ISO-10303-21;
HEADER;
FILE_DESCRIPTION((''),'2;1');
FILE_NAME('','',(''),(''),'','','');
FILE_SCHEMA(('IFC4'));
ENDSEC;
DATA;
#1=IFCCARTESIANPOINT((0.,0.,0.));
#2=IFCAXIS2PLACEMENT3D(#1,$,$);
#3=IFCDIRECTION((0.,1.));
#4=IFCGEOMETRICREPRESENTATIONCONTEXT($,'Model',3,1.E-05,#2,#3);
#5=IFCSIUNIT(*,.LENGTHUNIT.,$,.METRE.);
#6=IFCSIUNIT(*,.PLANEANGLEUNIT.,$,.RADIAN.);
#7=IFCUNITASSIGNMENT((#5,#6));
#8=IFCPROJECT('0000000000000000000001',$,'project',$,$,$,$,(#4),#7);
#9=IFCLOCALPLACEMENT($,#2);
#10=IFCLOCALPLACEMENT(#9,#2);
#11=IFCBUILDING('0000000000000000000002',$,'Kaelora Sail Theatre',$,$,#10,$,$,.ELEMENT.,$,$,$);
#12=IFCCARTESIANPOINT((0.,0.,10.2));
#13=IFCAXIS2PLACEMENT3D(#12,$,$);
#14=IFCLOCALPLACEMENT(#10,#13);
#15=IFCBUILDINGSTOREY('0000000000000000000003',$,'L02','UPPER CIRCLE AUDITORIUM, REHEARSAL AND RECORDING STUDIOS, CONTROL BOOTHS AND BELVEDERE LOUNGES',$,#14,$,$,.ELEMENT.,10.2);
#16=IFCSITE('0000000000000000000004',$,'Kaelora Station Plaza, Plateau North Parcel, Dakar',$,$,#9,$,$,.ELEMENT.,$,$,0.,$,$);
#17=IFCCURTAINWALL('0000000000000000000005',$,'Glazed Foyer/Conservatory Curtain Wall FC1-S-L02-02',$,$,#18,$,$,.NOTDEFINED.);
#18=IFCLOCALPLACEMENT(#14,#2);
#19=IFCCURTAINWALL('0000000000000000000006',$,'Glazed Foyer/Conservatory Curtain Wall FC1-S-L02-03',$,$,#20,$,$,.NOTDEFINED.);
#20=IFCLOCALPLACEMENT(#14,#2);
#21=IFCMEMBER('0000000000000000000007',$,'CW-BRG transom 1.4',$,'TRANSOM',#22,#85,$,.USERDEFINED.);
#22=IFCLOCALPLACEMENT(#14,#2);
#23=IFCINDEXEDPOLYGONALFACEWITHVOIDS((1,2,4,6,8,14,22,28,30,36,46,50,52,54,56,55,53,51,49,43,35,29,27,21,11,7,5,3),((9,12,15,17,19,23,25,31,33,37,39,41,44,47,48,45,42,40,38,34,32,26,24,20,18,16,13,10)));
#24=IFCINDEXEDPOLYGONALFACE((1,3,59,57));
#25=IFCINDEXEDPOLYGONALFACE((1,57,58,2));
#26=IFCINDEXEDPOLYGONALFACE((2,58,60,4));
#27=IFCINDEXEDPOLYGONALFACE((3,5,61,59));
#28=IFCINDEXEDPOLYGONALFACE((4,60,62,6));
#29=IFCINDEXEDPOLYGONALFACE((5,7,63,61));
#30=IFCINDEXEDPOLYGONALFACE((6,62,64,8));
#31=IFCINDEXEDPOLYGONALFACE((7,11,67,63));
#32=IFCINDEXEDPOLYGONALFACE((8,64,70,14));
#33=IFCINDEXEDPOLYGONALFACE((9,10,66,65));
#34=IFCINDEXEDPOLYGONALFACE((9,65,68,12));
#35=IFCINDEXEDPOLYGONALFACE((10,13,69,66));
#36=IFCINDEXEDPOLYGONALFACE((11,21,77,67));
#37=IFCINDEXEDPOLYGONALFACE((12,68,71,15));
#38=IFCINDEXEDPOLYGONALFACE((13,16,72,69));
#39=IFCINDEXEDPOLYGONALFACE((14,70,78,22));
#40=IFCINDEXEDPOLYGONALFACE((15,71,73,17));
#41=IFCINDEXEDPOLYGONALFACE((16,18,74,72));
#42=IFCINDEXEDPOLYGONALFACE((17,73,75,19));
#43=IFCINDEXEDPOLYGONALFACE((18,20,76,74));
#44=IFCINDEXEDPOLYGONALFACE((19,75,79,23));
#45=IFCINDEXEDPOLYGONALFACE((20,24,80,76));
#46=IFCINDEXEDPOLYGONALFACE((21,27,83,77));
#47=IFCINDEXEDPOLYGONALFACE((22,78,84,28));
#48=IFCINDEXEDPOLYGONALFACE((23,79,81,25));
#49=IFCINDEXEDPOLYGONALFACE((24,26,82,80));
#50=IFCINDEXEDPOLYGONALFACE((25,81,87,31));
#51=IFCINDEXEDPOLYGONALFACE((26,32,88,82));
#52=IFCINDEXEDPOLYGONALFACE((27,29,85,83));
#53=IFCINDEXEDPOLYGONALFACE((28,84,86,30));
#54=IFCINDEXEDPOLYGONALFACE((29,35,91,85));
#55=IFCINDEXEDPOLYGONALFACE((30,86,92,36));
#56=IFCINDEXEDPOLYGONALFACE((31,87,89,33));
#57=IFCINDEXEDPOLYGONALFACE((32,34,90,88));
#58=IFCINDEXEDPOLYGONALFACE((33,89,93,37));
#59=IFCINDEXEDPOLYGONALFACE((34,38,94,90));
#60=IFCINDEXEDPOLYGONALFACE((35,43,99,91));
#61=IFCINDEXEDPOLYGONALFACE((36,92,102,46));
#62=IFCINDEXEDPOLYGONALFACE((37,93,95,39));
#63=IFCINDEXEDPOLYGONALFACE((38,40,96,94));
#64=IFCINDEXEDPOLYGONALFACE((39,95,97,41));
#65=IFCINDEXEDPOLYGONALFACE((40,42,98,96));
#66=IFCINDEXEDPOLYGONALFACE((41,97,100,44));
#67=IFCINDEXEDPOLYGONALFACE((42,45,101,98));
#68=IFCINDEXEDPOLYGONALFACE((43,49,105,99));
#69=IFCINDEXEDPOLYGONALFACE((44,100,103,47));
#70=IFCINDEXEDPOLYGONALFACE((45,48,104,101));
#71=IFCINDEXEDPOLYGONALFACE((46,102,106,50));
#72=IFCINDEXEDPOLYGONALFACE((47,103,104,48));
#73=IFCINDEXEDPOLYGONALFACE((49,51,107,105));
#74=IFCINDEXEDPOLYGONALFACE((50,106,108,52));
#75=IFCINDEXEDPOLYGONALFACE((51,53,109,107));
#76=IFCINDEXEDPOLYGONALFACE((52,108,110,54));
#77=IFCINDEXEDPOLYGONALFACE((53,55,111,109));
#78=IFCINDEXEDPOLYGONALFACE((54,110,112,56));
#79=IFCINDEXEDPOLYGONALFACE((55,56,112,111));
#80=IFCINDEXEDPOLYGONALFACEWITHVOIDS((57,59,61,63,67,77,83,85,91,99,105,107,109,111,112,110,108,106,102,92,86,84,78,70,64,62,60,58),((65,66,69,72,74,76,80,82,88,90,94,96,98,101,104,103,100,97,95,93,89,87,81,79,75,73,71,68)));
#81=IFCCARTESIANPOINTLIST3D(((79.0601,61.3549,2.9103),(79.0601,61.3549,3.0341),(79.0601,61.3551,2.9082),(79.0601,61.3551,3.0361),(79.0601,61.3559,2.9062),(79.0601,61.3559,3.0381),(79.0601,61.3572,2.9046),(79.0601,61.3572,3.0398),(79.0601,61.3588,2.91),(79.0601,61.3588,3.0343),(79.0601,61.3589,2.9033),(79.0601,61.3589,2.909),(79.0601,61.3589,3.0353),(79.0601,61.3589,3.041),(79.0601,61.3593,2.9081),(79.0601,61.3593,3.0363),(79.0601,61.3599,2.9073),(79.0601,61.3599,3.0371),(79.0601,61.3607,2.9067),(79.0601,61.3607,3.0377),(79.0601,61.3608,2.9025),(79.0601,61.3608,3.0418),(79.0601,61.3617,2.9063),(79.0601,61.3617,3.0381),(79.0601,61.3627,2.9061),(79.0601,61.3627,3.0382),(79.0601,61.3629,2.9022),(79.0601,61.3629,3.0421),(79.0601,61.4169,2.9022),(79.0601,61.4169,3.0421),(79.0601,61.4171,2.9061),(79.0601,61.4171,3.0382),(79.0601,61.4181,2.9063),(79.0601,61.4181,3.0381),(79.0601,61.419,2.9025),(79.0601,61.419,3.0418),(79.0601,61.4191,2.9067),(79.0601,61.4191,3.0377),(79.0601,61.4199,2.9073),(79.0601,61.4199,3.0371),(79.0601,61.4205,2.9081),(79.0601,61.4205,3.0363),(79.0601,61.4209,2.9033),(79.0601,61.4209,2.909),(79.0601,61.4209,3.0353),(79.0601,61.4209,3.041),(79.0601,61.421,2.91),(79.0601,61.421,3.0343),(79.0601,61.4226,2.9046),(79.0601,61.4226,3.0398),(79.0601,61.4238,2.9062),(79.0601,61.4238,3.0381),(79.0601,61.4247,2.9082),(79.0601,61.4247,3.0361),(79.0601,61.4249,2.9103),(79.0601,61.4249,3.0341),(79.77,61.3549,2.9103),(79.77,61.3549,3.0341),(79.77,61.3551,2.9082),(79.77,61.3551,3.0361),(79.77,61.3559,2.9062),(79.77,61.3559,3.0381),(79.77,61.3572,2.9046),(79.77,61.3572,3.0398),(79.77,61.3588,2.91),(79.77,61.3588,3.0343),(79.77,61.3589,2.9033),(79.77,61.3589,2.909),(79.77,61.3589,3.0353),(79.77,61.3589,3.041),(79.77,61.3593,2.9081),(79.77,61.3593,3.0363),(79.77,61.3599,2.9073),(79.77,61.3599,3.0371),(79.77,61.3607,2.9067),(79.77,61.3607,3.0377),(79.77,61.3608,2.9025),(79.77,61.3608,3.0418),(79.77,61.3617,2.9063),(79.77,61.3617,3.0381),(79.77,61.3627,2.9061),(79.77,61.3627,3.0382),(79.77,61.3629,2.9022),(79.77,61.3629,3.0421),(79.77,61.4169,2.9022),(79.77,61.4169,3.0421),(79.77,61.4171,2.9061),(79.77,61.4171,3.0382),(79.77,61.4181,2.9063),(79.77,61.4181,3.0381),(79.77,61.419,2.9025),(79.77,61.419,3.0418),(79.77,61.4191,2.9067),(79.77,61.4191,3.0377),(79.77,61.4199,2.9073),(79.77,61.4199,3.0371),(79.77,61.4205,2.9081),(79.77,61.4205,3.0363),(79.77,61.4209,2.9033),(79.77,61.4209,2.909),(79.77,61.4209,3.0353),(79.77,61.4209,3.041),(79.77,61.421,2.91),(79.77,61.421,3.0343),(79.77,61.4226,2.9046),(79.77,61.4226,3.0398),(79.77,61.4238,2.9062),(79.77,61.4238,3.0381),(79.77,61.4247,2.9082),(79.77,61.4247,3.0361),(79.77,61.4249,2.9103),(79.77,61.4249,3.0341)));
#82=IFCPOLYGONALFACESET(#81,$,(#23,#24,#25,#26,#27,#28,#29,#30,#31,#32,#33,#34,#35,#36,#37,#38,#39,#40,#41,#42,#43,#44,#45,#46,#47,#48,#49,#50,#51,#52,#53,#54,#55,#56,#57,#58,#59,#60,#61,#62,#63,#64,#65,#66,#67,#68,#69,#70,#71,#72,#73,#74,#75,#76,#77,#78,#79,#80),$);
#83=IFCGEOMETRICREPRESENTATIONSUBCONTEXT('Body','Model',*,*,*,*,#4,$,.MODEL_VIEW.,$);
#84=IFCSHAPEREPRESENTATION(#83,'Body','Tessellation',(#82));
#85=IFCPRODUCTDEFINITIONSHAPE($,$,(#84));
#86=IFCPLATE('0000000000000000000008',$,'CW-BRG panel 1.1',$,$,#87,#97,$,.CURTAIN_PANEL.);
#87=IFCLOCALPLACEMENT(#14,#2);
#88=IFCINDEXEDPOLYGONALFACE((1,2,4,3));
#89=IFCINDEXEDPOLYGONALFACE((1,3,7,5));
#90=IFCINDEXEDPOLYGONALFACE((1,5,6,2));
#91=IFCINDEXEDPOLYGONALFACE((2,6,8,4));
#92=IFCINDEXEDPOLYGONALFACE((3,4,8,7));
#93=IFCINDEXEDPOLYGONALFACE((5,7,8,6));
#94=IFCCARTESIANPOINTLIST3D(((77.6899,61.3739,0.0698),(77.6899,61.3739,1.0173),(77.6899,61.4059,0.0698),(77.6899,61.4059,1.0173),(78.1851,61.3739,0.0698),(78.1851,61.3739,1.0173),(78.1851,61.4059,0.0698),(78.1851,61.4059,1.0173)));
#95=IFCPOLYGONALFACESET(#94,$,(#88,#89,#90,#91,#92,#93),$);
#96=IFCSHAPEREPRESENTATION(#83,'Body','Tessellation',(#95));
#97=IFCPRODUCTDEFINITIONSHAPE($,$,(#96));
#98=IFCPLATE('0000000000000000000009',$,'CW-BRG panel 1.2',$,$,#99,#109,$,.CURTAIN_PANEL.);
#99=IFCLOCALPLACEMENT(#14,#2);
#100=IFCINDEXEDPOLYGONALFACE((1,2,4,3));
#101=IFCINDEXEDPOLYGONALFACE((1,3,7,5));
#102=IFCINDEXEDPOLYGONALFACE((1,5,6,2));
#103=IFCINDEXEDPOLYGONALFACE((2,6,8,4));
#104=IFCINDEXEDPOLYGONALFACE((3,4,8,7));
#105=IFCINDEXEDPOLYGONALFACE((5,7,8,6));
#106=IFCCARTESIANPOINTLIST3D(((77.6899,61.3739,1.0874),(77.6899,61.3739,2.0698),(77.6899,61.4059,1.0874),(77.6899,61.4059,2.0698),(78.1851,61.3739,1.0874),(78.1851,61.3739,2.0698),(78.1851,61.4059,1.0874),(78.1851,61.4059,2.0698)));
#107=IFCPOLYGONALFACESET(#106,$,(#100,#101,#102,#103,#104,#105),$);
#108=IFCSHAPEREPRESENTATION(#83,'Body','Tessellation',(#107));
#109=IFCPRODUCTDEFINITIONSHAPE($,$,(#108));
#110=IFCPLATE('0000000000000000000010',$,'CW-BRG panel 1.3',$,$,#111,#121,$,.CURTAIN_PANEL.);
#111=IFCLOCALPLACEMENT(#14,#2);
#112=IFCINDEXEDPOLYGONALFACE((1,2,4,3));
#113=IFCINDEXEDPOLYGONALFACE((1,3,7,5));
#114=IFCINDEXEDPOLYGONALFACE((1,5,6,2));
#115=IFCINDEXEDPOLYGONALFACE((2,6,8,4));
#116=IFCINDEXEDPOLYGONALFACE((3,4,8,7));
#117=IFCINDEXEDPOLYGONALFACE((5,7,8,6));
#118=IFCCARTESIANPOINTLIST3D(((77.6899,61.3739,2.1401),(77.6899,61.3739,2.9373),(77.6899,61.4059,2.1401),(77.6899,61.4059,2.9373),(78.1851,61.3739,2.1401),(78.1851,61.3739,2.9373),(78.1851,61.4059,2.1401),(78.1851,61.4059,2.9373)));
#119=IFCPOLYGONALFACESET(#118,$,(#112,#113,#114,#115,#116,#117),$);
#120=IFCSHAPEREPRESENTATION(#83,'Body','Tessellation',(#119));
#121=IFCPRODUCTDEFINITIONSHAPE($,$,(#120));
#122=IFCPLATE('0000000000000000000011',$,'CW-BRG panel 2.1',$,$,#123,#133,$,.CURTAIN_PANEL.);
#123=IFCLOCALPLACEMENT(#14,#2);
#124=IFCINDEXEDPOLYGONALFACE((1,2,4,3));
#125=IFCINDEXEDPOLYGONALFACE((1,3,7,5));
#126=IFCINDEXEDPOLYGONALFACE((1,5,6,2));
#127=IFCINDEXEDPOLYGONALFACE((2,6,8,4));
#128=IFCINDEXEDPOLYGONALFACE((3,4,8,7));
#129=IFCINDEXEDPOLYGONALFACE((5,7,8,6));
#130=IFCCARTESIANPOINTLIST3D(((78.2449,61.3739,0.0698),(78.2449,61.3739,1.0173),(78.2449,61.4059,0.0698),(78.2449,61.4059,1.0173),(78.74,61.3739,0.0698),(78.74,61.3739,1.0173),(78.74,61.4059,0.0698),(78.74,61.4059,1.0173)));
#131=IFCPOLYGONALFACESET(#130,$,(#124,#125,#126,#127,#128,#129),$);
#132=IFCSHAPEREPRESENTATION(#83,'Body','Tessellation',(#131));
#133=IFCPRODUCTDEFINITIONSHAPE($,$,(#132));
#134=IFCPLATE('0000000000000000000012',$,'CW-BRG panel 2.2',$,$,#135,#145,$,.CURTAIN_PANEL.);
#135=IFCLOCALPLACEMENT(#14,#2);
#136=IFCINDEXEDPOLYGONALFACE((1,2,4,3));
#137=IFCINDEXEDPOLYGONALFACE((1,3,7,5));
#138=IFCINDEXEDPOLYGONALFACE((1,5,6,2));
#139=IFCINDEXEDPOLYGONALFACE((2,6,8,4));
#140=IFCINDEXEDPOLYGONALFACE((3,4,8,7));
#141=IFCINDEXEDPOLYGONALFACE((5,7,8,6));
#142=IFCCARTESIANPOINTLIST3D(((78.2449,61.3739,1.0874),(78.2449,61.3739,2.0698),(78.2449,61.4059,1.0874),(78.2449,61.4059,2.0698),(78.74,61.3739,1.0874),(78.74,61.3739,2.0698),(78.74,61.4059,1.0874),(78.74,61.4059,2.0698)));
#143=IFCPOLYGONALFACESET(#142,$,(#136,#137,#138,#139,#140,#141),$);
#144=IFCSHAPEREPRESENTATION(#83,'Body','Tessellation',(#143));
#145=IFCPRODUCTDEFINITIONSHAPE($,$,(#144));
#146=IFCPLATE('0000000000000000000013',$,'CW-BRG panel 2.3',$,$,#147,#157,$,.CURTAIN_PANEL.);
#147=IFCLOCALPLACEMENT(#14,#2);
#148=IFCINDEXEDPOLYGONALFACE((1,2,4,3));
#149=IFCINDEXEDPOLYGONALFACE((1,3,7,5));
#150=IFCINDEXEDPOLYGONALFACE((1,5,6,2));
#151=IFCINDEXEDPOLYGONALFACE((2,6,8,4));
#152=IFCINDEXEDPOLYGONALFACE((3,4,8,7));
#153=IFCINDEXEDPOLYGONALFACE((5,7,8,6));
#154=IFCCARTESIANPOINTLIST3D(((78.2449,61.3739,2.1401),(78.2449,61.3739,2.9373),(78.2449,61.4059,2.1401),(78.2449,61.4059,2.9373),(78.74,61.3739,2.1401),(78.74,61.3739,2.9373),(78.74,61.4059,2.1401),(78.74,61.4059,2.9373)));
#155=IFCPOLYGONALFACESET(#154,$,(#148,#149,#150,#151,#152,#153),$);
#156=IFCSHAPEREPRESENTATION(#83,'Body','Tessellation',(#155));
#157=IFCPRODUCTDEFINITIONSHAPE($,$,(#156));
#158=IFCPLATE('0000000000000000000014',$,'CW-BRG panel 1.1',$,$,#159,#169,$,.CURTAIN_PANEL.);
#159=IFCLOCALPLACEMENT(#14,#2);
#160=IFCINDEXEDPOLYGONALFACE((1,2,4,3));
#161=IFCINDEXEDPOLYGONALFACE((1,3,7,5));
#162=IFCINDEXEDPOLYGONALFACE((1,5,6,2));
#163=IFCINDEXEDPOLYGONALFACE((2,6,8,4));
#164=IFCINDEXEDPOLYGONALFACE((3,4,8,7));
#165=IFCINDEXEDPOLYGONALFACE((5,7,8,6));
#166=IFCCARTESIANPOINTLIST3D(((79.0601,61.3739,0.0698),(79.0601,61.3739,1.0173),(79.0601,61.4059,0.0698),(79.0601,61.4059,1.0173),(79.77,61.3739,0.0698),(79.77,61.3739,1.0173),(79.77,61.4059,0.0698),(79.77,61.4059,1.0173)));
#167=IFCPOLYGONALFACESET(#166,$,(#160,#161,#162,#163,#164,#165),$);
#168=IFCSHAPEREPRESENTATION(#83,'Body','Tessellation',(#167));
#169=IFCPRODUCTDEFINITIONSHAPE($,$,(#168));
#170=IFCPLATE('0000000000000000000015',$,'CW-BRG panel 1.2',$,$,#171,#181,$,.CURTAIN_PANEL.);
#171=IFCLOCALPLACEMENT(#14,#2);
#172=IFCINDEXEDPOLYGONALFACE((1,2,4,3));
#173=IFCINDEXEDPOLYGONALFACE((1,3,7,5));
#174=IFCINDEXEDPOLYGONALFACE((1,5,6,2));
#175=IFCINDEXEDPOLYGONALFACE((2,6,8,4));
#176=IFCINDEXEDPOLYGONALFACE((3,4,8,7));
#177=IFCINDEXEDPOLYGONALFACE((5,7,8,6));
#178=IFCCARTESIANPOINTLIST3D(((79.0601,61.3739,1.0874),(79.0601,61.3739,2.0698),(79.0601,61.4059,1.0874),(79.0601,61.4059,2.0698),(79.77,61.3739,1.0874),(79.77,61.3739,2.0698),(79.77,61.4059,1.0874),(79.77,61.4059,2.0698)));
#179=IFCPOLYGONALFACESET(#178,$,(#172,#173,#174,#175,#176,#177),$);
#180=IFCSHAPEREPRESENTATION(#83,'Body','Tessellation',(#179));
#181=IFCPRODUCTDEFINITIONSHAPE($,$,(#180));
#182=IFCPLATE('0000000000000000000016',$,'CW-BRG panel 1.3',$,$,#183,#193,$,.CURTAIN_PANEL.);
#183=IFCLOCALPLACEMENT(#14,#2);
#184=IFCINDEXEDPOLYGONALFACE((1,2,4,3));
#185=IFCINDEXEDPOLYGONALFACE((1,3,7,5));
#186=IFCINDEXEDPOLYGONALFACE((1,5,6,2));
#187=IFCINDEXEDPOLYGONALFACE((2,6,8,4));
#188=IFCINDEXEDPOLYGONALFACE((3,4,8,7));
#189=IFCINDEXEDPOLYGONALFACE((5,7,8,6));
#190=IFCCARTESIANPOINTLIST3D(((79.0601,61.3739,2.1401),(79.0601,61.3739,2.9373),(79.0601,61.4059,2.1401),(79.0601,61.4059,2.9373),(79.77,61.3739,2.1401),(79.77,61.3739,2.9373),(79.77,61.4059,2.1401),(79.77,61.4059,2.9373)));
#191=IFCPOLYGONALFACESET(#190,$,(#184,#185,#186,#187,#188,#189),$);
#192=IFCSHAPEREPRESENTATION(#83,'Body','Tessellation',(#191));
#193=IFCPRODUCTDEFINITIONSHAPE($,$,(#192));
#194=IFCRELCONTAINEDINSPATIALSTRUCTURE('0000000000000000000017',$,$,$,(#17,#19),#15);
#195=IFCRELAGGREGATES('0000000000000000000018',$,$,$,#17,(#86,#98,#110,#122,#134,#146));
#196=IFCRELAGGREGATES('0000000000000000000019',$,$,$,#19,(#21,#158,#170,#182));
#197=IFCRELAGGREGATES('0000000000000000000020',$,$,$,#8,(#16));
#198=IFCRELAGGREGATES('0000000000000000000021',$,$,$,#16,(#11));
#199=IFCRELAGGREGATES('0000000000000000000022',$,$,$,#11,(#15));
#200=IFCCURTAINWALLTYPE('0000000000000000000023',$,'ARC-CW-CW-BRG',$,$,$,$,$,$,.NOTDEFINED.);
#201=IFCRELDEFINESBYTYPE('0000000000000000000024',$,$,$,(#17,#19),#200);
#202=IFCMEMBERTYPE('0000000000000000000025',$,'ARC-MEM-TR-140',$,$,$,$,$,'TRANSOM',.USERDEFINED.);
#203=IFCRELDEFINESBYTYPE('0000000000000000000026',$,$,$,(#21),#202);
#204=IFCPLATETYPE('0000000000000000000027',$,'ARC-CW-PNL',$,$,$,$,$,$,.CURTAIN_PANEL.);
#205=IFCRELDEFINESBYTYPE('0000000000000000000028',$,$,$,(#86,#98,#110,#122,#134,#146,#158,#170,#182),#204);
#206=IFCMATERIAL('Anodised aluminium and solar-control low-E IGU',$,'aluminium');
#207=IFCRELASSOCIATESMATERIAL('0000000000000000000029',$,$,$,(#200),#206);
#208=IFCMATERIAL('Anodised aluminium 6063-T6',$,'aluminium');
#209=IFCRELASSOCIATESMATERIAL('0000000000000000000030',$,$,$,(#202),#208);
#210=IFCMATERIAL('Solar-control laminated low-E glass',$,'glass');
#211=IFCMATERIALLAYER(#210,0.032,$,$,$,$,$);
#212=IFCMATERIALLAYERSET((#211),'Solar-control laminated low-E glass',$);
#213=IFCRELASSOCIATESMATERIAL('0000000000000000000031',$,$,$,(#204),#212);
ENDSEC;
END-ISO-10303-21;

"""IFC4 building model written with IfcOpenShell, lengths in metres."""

from ifc_helpers import new_model, si_unit, direction, frame, origin, origin_2d, place, context, subcontext, project, spatial, rectangle, hollow_rectangle, extrude, material, layer, layer_set, material_profile, profile_set, type_object, element, aggregate, save


model = new_model("IFC4")

# Units and contexts
model_context = context("Model", 3, precision=1e-05, world=origin(), true_north=direction((0.0, 1.0)))
body_context = subcontext(model_context, "Body", "Model", "MODEL_VIEW")
ifc_project = project(units=[si_unit("LENGTHUNIT", "METRE"), si_unit("PLANEANGLEUNIT", "RADIAN")], contexts=[model_context])

# Site, building, storey
site_placement = place(None, origin())
site = spatial("IfcSite", under=ifc_project, at=site_placement, Name="Kaelora Station Plaza, Plateau North Parcel, Dakar", CompositionType="ELEMENT", RefElevation=0.0)
building_placement = place(site_placement, origin())
building = spatial("IfcBuilding", under=site, at=building_placement, Name="Kaelora Sail Theatre", CompositionType="ELEMENT")
storey_placement = place(building_placement, frame((0.0, 0.0, 10.2)))
storey = spatial("IfcBuildingStorey", under=building, at=storey_placement, Name="L02", Description="UPPER CIRCLE AUDITORIUM, REHEARSAL AND RECORDING STUDIOS, CONTROL BOOTHS AND BELVEDERE LOUNGES", CompositionType="ELEMENT", Elevation=10.2)

# Curtain walls
ifc_material_1 = material(Name="Anodised aluminium and solar-control low-E IGU", Category="aluminium")
curtain_wall_type = type_object("IfcCurtainWallType", Name="ARC-CW-CW-BRG", PredefinedType="NOTDEFINED", material=ifc_material_1)
curtain_wall_1_placement = place(storey_placement, origin())
curtain_wall_1 = element("IfcCurtainWall", 1, at=curtain_wall_1_placement, inside=storey, type_object=curtain_wall_type, Name="Glazed Foyer/Conservatory Curtain Wall FC1-S-L02-02", PredefinedType="NOTDEFINED")
curtain_wall_2_placement = place(storey_placement, origin())
curtain_wall_2 = element("IfcCurtainWall", 2, at=curtain_wall_2_placement, inside=storey, type_object=curtain_wall_type, Name="Glazed Foyer/Conservatory Curtain Wall FC1-S-L02-03", PredefinedType="NOTDEFINED")

# Member
ifc_material_2 = material(Name="Anodised aluminium 6063-T6", Category="aluminium")
ifc_material_profile_1 = material_profile(ifc_material_2, hollow_rectangle(XDim=0.0701, YDim=0.1399, WallThickness=0.0039, InnerFilletRadius=0.0039, OuterFilletRadius=0.0081, at=origin_2d()), Name="ALU-TRAN 70x140x4")
ifc_profile_set_1 = profile_set([ifc_material_profile_1], Name="Anodised aluminium 6063-T6")
member_type_1 = type_object("IfcMemberType", Name="ARC-MEM-TR-140", ElementType="TRANSOM", PredefinedType="USERDEFINED", material=ifc_profile_set_1)
member_1_placement = place(storey_placement, frame((79.0601, 61.3899, 2.9722), z_axis=(1.0, 0.0, 0.0), x_axis=(0.0, 1.0, 0.0)))
member_1 = element("IfcMember", 3, at=member_1_placement, type_object=member_type_1, Name="CW-BRG transom 1.4", ObjectType="TRANSOM", PredefinedType="USERDEFINED", context=body_context, shape_type="SweptSolid", body=[
    extrude(hollow_rectangle(XDim=0.0701, YDim=0.1399, WallThickness=0.0039, InnerFilletRadius=0.0039, OuterFilletRadius=0.0081, at=origin_2d()), origin(), (0.0, 0.0, 1.0), 0.71),
])

# Plates
ifc_material_3 = material(Name="Solar-control laminated low-E glass", Category="glass")
ifc_layer_1 = layer(ifc_material_3, 0.032)
ifc_layer_set_1 = layer_set([ifc_layer_1], Name="Solar-control laminated low-E glass")
plate_type = type_object("IfcPlateType", Name="ARC-CW-PNL", PredefinedType="CURTAIN_PANEL", material=ifc_layer_set_1)
plate_1_placement = place(storey_placement, frame((77.9375, 61.3899, 0.0698), z_axis=(0.0, 0.0, 1.0), x_axis=(1.0, 0.0, 0.0)))
plate_1 = element("IfcPlate", 4, at=plate_1_placement, type_object=plate_type, Name="CW-BRG panel 1.1", PredefinedType="CURTAIN_PANEL", context=body_context, shape_type="SweptSolid", body=[
    extrude(rectangle(XDim=0.4951, YDim=0.032, at=origin_2d()), origin(), (0.0, 0.0, 1.0), 0.9475),
])
plate_2_placement = place(storey_placement, frame((77.9375, 61.3899, 1.0874), z_axis=(0.0, 0.0, 1.0), x_axis=(1.0, 0.0, 0.0)))
plate_2 = element("IfcPlate", 5, at=plate_2_placement, type_object=plate_type, Name="CW-BRG panel 1.2", PredefinedType="CURTAIN_PANEL", context=body_context, shape_type="SweptSolid", body=[
    extrude(rectangle(XDim=0.4951, YDim=0.032, at=origin_2d()), origin(), (0.0, 0.0, 1.0), 0.9824),
])
plate_3_placement = place(storey_placement, frame((77.9375, 61.3899, 2.1401), z_axis=(0.0, 0.0, 1.0), x_axis=(1.0, 0.0, 0.0)))
plate_3 = element("IfcPlate", 6, at=plate_3_placement, type_object=plate_type, Name="CW-BRG panel 1.3", PredefinedType="CURTAIN_PANEL", context=body_context, shape_type="SweptSolid", body=[
    extrude(rectangle(XDim=0.4951, YDim=0.032, at=origin_2d()), origin(), (0.0, 0.0, 1.0), 0.7971),
])
plate_4_placement = place(storey_placement, frame((78.4924, 61.3899, 0.0698), z_axis=(0.0, 0.0, 1.0), x_axis=(1.0, 0.0, 0.0)))
plate_4 = element("IfcPlate", 7, at=plate_4_placement, type_object=plate_type, Name="CW-BRG panel 2.1", PredefinedType="CURTAIN_PANEL", context=body_context, shape_type="SweptSolid", body=[
    extrude(rectangle(XDim=0.4951, YDim=0.032, at=origin_2d()), origin(), (0.0, 0.0, 1.0), 0.9475),
])
plate_5_placement = place(storey_placement, frame((78.4924, 61.3899, 1.0874), z_axis=(0.0, 0.0, 1.0), x_axis=(1.0, 0.0, 0.0)))
plate_5 = element("IfcPlate", 8, at=plate_5_placement, type_object=plate_type, Name="CW-BRG panel 2.2", PredefinedType="CURTAIN_PANEL", context=body_context, shape_type="SweptSolid", body=[
    extrude(rectangle(XDim=0.4951, YDim=0.032, at=origin_2d()), origin(), (0.0, 0.0, 1.0), 0.9824),
])
plate_6_placement = place(storey_placement, frame((78.4924, 61.3899, 2.1401), z_axis=(0.0, 0.0, 1.0), x_axis=(1.0, 0.0, 0.0)))
plate_6 = element("IfcPlate", 9, at=plate_6_placement, type_object=plate_type, Name="CW-BRG panel 2.3", PredefinedType="CURTAIN_PANEL", context=body_context, shape_type="SweptSolid", body=[
    extrude(rectangle(XDim=0.4951, YDim=0.032, at=origin_2d()), origin(), (0.0, 0.0, 1.0), 0.7971),
])
aggregate(curtain_wall_1, [plate_1, plate_2, plate_3, plate_4, plate_5, plate_6])
plate_7_placement = place(storey_placement, frame((79.415, 61.3899, 0.0698), z_axis=(0.0, 0.0, 1.0), x_axis=(1.0, 0.0, 0.0)))
plate_7 = element("IfcPlate", 10, at=plate_7_placement, type_object=plate_type, Name="CW-BRG panel 1.1", PredefinedType="CURTAIN_PANEL", context=body_context, shape_type="SweptSolid", body=[
    extrude(rectangle(XDim=0.71, YDim=0.032, at=origin_2d()), origin(), (0.0, 0.0, 1.0), 0.9475),
])
plate_8_placement = place(storey_placement, frame((79.415, 61.3899, 1.0874), z_axis=(0.0, 0.0, 1.0), x_axis=(1.0, 0.0, 0.0)))
plate_8 = element("IfcPlate", 11, at=plate_8_placement, type_object=plate_type, Name="CW-BRG panel 1.2", PredefinedType="CURTAIN_PANEL", context=body_context, shape_type="SweptSolid", body=[
    extrude(rectangle(XDim=0.71, YDim=0.032, at=origin_2d()), origin(), (0.0, 0.0, 1.0), 0.9824),
])
plate_9_placement = place(storey_placement, frame((79.415, 61.3899, 2.1401), z_axis=(0.0, 0.0, 1.0), x_axis=(1.0, 0.0, 0.0)))
plate_9 = element("IfcPlate", 12, at=plate_9_placement, type_object=plate_type, Name="CW-BRG panel 1.3", PredefinedType="CURTAIN_PANEL", context=body_context, shape_type="SweptSolid", body=[
    extrude(rectangle(XDim=0.71, YDim=0.032, at=origin_2d()), origin(), (0.0, 0.0, 1.0), 0.7971),
])
aggregate(curtain_wall_2, [member_1, plate_7, plate_8, plate_9])

save(model, "model.ifc")
